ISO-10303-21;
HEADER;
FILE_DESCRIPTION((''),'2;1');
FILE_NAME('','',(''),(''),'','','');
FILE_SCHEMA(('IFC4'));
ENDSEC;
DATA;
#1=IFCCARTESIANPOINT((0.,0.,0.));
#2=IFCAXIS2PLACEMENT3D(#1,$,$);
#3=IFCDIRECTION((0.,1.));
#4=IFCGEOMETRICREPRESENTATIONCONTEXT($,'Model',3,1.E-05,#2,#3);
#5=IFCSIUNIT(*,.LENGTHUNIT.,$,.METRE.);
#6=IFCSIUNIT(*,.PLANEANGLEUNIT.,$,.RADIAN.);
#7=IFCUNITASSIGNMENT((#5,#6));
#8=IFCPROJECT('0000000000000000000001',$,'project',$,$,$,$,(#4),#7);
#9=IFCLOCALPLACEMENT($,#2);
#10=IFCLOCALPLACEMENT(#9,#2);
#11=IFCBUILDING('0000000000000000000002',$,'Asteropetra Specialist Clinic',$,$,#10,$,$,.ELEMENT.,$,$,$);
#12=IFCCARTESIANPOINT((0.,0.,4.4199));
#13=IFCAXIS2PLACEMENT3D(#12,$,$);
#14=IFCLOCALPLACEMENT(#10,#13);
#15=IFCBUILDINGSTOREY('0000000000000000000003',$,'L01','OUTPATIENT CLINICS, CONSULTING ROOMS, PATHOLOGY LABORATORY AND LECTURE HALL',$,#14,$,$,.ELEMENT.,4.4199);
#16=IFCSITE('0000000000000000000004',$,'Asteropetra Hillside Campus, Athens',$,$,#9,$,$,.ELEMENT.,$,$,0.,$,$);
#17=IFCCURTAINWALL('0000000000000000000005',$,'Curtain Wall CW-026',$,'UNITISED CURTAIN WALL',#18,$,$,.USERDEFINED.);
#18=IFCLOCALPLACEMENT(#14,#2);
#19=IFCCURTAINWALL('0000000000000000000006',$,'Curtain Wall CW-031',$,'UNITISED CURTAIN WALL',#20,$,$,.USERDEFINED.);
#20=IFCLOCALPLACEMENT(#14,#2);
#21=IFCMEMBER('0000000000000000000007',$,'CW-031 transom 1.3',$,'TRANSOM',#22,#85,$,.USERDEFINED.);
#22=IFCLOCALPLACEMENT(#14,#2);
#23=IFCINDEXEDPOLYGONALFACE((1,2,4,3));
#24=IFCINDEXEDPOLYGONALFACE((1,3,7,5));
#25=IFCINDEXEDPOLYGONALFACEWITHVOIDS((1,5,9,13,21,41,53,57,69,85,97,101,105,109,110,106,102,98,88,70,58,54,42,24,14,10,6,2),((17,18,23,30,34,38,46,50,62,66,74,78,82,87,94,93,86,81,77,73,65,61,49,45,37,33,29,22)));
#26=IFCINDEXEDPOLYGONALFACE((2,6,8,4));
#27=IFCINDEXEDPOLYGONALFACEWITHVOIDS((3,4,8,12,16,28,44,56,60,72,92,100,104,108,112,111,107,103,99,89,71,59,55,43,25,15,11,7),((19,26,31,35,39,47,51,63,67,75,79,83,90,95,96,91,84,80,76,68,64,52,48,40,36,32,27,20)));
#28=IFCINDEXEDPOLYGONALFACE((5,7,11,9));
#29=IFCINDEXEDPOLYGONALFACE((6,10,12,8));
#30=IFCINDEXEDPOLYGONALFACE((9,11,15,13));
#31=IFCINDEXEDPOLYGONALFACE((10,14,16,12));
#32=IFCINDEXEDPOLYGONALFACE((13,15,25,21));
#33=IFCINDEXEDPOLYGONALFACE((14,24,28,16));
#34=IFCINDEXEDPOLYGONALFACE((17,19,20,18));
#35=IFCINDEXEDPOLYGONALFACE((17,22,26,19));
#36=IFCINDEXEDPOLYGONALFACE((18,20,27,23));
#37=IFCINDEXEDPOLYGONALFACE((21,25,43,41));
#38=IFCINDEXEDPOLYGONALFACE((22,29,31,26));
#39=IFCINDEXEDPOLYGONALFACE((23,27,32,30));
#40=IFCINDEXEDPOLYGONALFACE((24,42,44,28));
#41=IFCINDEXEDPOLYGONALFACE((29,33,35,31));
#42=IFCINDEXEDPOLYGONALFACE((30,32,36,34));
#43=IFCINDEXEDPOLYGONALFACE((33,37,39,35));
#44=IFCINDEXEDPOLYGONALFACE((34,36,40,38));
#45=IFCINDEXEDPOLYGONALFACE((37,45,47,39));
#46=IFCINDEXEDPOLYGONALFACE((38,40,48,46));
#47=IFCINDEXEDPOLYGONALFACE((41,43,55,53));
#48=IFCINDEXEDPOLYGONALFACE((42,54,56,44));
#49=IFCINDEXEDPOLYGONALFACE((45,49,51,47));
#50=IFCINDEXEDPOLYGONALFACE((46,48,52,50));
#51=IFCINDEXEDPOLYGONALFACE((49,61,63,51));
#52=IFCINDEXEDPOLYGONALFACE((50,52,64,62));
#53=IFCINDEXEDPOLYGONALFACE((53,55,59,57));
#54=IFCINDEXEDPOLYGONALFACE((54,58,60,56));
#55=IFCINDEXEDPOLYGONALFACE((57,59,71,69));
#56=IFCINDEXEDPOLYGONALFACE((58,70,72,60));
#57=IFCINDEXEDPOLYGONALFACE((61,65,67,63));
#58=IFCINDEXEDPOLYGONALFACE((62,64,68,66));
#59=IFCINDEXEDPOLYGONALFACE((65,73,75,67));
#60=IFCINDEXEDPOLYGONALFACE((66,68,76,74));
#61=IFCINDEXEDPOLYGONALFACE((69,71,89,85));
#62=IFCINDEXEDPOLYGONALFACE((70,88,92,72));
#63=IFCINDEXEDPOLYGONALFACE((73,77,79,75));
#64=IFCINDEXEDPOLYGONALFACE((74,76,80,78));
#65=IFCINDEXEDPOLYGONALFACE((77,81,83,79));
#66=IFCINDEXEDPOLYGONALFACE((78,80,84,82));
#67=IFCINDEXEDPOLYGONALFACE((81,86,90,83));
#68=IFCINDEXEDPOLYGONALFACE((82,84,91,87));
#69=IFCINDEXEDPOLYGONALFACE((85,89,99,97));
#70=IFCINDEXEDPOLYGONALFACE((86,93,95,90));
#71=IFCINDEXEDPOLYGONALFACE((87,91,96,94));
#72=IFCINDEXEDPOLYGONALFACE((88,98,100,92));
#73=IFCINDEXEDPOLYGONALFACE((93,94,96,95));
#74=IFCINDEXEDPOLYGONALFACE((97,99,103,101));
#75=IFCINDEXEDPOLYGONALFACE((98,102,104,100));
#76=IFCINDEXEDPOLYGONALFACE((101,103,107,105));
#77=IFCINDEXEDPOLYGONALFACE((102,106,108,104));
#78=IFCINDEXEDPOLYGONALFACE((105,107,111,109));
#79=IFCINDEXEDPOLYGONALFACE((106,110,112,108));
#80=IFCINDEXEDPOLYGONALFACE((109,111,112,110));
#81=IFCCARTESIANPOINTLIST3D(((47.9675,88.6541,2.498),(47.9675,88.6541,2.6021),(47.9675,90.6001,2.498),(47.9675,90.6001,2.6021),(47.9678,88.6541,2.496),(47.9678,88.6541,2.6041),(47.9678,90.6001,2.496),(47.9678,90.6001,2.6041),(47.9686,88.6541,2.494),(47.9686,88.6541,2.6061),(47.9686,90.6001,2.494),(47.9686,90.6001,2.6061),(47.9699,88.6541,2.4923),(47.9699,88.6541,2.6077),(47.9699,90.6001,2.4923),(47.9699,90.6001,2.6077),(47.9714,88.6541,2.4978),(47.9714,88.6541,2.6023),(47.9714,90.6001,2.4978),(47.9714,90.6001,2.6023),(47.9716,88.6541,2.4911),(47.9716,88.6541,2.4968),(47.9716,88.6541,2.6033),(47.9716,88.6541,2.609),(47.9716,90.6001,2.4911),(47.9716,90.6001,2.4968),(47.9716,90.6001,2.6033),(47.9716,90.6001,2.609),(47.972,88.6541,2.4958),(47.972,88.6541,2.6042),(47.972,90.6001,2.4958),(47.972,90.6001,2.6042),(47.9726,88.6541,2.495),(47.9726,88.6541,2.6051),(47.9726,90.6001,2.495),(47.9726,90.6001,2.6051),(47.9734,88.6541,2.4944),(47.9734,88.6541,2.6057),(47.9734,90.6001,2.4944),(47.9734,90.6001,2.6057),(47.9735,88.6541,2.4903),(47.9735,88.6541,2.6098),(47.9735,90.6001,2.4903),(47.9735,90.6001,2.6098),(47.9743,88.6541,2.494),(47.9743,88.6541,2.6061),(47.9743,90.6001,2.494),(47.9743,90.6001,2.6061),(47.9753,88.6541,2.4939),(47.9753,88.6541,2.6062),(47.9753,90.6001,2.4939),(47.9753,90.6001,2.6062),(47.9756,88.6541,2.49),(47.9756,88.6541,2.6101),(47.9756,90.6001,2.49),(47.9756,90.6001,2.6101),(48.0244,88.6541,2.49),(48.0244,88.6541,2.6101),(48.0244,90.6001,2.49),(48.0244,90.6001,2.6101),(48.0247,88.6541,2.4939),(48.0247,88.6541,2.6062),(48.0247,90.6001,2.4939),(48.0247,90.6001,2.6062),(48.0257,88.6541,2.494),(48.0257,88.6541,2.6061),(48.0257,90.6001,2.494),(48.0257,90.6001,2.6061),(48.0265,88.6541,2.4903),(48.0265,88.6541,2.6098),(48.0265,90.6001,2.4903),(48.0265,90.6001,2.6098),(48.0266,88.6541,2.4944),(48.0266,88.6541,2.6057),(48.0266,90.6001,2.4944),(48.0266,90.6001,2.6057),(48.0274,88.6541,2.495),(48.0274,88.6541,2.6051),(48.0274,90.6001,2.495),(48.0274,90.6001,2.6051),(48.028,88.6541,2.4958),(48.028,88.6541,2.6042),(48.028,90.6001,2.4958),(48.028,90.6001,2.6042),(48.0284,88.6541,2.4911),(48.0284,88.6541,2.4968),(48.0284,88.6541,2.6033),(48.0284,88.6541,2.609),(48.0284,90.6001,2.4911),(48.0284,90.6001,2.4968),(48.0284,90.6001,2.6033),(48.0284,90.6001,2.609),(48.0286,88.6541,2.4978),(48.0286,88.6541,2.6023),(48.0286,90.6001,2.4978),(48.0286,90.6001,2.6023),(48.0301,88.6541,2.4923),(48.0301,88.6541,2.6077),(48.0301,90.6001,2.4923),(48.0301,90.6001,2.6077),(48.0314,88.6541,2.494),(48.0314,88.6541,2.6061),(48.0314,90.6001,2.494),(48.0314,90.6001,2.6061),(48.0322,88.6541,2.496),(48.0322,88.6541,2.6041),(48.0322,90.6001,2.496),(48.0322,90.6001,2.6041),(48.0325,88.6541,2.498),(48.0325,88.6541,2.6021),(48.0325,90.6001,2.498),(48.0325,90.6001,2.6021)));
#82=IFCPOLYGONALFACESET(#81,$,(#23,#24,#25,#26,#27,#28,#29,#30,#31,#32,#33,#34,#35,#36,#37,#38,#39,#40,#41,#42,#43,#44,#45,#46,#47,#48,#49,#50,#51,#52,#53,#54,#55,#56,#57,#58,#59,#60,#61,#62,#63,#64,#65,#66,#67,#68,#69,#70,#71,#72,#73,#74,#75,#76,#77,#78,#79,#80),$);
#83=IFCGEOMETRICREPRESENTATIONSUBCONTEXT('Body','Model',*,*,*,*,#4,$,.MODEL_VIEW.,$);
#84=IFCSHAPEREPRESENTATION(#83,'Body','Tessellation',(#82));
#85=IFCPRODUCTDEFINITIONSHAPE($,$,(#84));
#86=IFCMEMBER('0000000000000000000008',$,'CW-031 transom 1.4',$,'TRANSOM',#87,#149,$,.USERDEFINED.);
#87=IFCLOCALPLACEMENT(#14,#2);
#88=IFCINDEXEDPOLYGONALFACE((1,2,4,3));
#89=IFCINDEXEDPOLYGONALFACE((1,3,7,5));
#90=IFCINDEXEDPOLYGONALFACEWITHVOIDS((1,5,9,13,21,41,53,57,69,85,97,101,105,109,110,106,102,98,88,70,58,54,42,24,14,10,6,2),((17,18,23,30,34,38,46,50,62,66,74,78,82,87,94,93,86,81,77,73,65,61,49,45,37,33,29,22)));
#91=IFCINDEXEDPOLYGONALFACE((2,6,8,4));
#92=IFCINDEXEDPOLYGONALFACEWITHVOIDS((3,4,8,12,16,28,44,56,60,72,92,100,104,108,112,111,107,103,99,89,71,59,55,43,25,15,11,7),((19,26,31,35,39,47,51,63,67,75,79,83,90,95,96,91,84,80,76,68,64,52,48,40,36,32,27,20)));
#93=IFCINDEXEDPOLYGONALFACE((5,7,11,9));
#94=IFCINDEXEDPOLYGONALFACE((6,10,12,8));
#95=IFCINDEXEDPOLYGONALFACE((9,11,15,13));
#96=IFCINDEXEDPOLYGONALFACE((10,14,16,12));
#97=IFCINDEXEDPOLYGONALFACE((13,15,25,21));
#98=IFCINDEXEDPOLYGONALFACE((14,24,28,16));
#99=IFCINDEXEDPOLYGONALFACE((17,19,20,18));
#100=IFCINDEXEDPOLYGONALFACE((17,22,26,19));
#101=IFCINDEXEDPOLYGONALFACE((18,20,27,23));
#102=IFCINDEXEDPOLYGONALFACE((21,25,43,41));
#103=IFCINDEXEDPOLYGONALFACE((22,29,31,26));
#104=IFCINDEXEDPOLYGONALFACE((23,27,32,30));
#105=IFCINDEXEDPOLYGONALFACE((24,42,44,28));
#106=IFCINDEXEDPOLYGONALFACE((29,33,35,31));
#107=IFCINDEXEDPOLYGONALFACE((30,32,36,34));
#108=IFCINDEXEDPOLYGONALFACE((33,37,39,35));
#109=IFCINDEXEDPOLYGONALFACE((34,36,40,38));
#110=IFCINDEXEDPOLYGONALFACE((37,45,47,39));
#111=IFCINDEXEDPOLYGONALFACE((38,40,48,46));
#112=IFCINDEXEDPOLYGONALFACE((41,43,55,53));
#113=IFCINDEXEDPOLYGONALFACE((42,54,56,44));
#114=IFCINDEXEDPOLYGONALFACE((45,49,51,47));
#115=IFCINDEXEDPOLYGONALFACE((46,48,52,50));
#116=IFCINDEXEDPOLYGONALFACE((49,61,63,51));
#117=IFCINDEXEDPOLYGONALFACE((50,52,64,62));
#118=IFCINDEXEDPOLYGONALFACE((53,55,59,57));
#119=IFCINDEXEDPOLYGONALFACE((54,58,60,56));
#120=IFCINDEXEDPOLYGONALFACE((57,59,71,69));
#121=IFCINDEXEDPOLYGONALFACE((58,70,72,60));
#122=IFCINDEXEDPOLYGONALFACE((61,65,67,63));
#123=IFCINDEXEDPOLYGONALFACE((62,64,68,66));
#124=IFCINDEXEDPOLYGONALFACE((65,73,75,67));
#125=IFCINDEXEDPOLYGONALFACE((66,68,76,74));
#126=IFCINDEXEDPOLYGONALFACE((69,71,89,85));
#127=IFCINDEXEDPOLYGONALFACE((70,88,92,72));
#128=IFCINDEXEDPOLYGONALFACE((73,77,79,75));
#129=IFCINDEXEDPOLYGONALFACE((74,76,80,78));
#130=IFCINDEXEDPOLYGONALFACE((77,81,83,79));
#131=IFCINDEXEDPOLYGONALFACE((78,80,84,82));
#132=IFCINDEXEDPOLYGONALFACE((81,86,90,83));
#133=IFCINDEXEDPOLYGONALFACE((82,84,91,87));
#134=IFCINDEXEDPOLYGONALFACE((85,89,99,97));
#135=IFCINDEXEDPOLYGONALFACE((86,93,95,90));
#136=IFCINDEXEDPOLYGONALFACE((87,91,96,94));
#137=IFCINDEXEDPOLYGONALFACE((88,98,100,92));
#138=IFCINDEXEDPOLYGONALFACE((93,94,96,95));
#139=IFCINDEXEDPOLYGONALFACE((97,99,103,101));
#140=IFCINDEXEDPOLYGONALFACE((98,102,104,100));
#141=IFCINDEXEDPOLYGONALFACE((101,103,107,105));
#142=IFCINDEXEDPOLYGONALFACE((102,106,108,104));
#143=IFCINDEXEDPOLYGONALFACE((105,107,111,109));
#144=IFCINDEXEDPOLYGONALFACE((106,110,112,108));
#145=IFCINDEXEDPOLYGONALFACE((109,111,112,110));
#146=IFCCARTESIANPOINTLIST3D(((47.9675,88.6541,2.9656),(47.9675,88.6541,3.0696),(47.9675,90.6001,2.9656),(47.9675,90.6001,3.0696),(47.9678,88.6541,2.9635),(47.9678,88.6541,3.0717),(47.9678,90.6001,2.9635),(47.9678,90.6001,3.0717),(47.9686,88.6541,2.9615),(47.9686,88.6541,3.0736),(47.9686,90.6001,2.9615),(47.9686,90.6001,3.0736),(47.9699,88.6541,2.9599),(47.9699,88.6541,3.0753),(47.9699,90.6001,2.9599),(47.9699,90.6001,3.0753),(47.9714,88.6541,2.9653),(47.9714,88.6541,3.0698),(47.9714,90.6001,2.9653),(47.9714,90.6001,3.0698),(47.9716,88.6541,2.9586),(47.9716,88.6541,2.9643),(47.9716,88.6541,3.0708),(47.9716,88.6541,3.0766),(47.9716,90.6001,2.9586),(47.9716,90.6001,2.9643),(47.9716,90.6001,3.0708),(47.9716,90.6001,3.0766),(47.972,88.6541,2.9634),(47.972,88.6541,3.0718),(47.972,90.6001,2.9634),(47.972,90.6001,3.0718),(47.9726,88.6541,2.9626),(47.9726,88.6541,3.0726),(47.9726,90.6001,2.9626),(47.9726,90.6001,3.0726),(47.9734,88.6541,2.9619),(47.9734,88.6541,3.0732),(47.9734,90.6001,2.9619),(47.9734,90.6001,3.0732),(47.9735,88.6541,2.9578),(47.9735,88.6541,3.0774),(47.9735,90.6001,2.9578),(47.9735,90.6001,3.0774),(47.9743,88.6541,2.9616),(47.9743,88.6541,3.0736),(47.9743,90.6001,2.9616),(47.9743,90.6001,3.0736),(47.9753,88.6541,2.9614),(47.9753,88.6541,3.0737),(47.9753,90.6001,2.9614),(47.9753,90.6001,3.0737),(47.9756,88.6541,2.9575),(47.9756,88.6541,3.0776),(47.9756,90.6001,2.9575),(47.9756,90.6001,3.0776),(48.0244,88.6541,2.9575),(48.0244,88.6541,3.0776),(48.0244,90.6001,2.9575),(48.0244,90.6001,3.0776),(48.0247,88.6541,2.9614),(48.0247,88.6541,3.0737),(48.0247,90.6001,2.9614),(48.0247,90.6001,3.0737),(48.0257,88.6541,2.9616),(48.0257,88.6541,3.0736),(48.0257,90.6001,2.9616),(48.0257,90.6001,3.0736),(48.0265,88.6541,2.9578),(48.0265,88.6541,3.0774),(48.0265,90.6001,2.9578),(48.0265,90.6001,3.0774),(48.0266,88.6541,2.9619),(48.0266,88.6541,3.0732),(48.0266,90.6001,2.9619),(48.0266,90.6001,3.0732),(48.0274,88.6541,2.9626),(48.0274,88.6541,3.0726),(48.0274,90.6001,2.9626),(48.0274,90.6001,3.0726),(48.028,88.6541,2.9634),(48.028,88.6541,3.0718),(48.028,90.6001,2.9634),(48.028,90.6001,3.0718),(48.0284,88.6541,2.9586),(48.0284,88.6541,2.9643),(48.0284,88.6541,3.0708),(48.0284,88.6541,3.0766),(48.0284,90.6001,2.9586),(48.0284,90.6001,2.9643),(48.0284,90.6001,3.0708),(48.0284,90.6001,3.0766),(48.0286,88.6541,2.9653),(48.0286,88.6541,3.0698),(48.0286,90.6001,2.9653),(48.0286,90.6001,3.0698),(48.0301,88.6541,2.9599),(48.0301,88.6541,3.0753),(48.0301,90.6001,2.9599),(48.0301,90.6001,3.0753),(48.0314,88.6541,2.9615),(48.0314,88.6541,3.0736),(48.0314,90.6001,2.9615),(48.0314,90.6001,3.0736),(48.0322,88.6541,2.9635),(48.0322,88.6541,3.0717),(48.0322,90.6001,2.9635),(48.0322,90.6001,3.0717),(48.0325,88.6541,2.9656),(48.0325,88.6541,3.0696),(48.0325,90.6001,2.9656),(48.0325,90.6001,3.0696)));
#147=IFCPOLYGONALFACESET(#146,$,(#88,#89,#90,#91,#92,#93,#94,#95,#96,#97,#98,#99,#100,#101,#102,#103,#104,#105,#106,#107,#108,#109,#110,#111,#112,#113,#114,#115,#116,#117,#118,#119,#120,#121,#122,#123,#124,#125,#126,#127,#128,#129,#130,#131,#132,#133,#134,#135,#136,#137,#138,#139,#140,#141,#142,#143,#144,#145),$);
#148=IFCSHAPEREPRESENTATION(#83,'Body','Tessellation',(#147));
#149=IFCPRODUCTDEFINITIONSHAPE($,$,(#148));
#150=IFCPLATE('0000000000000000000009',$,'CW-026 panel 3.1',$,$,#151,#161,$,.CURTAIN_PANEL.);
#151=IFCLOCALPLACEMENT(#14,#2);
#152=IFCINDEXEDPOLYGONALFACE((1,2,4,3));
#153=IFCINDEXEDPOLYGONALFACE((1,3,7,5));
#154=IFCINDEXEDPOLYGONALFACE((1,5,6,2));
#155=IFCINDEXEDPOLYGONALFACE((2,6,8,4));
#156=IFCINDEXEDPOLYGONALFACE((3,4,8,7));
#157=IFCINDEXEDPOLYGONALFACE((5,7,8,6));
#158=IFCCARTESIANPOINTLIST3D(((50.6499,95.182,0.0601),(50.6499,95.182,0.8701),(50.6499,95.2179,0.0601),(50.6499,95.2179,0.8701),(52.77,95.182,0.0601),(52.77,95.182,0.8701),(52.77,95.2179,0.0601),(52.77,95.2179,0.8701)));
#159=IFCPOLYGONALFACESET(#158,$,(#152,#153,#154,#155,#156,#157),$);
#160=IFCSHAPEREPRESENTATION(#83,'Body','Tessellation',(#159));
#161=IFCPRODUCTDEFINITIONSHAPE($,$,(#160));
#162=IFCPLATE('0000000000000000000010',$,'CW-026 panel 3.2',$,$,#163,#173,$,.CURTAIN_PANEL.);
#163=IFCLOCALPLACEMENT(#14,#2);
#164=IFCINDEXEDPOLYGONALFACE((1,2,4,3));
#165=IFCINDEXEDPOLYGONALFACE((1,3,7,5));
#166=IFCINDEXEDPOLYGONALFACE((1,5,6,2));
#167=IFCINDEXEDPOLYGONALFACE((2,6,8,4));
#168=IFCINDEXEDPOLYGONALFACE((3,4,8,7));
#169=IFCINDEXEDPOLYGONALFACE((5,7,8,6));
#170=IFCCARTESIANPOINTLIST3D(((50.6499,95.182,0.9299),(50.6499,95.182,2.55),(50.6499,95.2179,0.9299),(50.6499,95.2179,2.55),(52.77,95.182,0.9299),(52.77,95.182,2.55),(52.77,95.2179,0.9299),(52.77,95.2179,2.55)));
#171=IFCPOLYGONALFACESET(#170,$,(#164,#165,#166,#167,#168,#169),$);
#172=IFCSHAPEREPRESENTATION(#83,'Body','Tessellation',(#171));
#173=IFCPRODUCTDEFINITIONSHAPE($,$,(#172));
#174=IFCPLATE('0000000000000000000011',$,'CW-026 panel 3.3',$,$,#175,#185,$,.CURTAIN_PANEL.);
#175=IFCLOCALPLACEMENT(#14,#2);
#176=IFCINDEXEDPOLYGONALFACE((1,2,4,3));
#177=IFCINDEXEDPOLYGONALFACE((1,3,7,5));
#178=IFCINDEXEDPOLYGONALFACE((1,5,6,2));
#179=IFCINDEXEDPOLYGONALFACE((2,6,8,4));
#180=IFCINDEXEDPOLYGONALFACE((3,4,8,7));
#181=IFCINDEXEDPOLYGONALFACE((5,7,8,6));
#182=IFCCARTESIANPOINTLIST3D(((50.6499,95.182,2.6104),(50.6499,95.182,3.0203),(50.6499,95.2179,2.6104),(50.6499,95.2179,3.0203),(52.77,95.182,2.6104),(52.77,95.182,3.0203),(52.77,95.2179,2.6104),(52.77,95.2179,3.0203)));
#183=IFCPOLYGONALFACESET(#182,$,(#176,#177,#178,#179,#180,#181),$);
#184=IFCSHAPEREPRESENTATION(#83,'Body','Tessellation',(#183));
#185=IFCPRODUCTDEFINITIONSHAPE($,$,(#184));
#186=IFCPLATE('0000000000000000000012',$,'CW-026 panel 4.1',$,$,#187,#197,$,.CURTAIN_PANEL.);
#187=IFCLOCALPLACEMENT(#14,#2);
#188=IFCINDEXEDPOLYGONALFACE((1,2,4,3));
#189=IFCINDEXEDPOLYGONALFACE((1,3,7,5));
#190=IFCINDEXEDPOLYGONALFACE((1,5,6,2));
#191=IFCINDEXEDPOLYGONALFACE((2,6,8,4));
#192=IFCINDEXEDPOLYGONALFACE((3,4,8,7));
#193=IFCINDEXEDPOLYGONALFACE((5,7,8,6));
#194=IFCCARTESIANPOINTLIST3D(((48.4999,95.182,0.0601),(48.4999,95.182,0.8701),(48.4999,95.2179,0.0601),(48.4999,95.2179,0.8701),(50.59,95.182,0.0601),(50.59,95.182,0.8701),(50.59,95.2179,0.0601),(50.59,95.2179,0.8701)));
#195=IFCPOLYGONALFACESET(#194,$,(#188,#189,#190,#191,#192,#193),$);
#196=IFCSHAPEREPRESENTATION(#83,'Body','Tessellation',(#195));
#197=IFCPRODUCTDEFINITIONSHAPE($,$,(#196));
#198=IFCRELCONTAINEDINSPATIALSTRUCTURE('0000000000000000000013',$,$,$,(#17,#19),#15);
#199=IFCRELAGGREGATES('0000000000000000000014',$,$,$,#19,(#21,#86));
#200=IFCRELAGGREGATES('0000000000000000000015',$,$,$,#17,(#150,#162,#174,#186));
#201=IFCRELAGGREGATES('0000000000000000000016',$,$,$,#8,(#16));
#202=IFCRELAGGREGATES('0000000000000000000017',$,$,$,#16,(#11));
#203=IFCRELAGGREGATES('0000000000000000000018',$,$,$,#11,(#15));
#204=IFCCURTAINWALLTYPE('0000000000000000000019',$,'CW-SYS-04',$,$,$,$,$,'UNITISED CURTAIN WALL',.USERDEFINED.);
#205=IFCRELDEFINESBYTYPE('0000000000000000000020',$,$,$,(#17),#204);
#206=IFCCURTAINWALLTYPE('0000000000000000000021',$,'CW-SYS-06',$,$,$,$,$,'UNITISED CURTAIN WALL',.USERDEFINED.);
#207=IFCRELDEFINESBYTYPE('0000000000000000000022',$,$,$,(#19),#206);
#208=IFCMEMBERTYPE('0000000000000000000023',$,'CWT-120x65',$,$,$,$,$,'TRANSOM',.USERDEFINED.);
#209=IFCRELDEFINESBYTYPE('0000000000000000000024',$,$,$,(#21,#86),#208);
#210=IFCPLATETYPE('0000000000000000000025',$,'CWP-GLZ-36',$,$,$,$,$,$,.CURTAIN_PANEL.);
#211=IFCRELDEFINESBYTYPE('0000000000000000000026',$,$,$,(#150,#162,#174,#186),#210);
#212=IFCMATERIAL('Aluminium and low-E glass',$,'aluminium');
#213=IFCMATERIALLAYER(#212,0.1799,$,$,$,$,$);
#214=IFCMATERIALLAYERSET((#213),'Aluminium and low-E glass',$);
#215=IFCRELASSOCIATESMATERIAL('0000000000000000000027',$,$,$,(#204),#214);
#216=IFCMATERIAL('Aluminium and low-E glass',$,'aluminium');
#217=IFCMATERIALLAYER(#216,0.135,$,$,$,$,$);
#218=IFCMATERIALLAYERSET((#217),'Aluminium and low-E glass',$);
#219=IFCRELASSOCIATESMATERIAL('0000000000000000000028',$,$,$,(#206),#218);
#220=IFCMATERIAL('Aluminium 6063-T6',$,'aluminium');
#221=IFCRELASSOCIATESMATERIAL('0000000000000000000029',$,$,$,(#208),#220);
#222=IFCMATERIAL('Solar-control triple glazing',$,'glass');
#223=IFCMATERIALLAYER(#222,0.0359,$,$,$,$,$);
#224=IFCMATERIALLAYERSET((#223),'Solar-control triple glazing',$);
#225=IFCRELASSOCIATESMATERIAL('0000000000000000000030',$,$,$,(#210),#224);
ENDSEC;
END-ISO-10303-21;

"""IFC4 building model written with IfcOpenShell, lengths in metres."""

from ifc_helpers import new_model, si_unit, direction, frame, origin, origin_2d, place, context, subcontext, project, spatial, rectangle, hollow_rectangle, extrude, material, layer, layer_set, material_profile, profile_set, type_object, element, aggregate, save


model = new_model("IFC4")

# Units and contexts
model_context = context("Model", 3, precision=1e-05, world=origin(), true_north=direction((0.0, 1.0)))
body_context = subcontext(model_context, "Body", "Model", "MODEL_VIEW")
ifc_project = project(units=[si_unit("LENGTHUNIT", "METRE"), si_unit("PLANEANGLEUNIT", "RADIAN")], contexts=[model_context])

# Site, building, storey
site_placement = place(None, origin())
site = spatial("IfcSite", under=ifc_project, at=site_placement, Name="Asteropetra Hillside Campus, Athens", CompositionType="ELEMENT", RefElevation=0.0)
building_placement = place(site_placement, origin())
building = spatial("IfcBuilding", under=site, at=building_placement, Name="Asteropetra Specialist Clinic", CompositionType="ELEMENT")
storey_placement = place(building_placement, frame((0.0, 0.0, 4.4199)))
storey = spatial("IfcBuildingStorey", under=building, at=storey_placement, Name="L01", Description="OUTPATIENT CLINICS, CONSULTING ROOMS, PATHOLOGY LABORATORY AND LECTURE HALL", CompositionType="ELEMENT", Elevation=4.4199)

# Curtain wall
ifc_material_1 = material(Name="Aluminium and low-E glass", Category="aluminium")
ifc_layer_1 = layer(ifc_material_1, 0.1799)
ifc_layer_set_1 = layer_set([ifc_layer_1], Name="Aluminium and low-E glass")
curtain_wall_type_1 = type_object("IfcCurtainWallType", Name="CW-SYS-04", ElementType="UNITISED CURTAIN WALL", PredefinedType="USERDEFINED", material=ifc_layer_set_1)
curtain_wall_1_placement = place(storey_placement, origin())
curtain_wall_1 = element("IfcCurtainWall", 1, at=curtain_wall_1_placement, inside=storey, type_object=curtain_wall_type_1, Name="Curtain Wall CW-026", ObjectType="UNITISED CURTAIN WALL", PredefinedType="USERDEFINED")

# Curtain wall
ifc_material_2 = material(Name="Aluminium and low-E glass", Category="aluminium")
ifc_layer_2 = layer(ifc_material_2, 0.135)
ifc_layer_set_2 = layer_set([ifc_layer_2], Name="Aluminium and low-E glass")
curtain_wall_type_2 = type_object("IfcCurtainWallType", Name="CW-SYS-06", ElementType="UNITISED CURTAIN WALL", PredefinedType="USERDEFINED", material=ifc_layer_set_2)
curtain_wall_2_placement = place(storey_placement, origin())
curtain_wall_2 = element("IfcCurtainWall", 2, at=curtain_wall_2_placement, inside=storey, type_object=curtain_wall_type_2, Name="Curtain Wall CW-031", ObjectType="UNITISED CURTAIN WALL", PredefinedType="USERDEFINED")

# Members
ifc_material_3 = material(Name="Aluminium 6063-T6", Category="aluminium")
ifc_material_profile_1 = material_profile(ifc_material_3, hollow_rectangle(XDim=0.0649, YDim=0.1201, WallThickness=0.0039, InnerFilletRadius=0.0039, OuterFilletRadius=0.0081, at=origin_2d()), Name="TRN 120x65x4.0")
ifc_profile_set_1 = profile_set([ifc_material_profile_1], Name="Aluminium 6063-T6")
member_type_1 = type_object("IfcMemberType", Name="CWT-120x65", ElementType="TRANSOM", PredefinedType="USERDEFINED", material=ifc_profile_set_1)
member_1_placement = place(storey_placement, frame((48.0, 90.6001, 2.55), z_axis=(0.0, -1.0, 0.0), x_axis=(1.0, 0.0, 0.0)))
member_1 = element("IfcMember", 3, at=member_1_placement, type_object=member_type_1, Name="CW-031 transom 1.3", ObjectType="TRANSOM", PredefinedType="USERDEFINED", context=body_context, shape_type="SweptSolid", body=[
    extrude(hollow_rectangle(XDim=0.0649, YDim=0.1201, WallThickness=0.0039, InnerFilletRadius=0.0039, OuterFilletRadius=0.0081, at=origin_2d()), origin(), (0.0, 0.0, 1.0), 1.946),
])
member_2_placement = place(storey_placement, frame((48.0, 90.6001, 3.0176), z_axis=(0.0, -1.0, 0.0), x_axis=(1.0, 0.0, 0.0)))
member_2 = element("IfcMember", 4, at=member_2_placement, type_object=member_type_1, Name="CW-031 transom 1.4", ObjectType="TRANSOM", PredefinedType="USERDEFINED", context=body_context, shape_type="SweptSolid", body=[
    extrude(hollow_rectangle(XDim=0.0649, YDim=0.1201, WallThickness=0.0039, InnerFilletRadius=0.0039, OuterFilletRadius=0.0081, at=origin_2d()), origin(), (0.0, 0.0, 1.0), 1.946),
])
aggregate(curtain_wall_2, [member_1, member_2])

# Plates
ifc_material_4 = material(Name="Solar-control triple glazing", Category="glass")
ifc_layer_3 = layer(ifc_material_4, 0.0359)
ifc_layer_set_3 = layer_set([ifc_layer_3], Name="Solar-control triple glazing")
plate_type = type_object("IfcPlateType", Name="CWP-GLZ-36", PredefinedType="CURTAIN_PANEL", material=ifc_layer_set_3)
plate_1_placement = place(storey_placement, frame((51.71, 95.2, 0.0601), z_axis=(0.0, 0.0, 1.0), x_axis=(-1.0, 0.0, 0.0)))
plate_1 = element("IfcPlate", 5, at=plate_1_placement, type_object=plate_type, Name="CW-026 panel 3.1", PredefinedType="CURTAIN_PANEL", context=body_context, shape_type="SweptSolid", body=[
    extrude(rectangle(XDim=2.1201, YDim=0.0359, at=origin_2d()), origin(), (0.0, 0.0, 1.0), 0.8101),
])
plate_2_placement = place(storey_placement, frame((51.71, 95.2, 0.9299), z_axis=(0.0, 0.0, 1.0), x_axis=(-1.0, 0.0, 0.0)))
plate_2 = element("IfcPlate", 6, at=plate_2_placement, type_object=plate_type, Name="CW-026 panel 3.2", PredefinedType="CURTAIN_PANEL", context=body_context, shape_type="SweptSolid", body=[
    extrude(rectangle(XDim=2.1201, YDim=0.0359, at=origin_2d()), origin(), (0.0, 0.0, 1.0), 1.6201),
])
plate_3_placement = place(storey_placement, frame((51.71, 95.2, 2.6104), z_axis=(0.0, 0.0, 1.0), x_axis=(-1.0, 0.0, 0.0)))
plate_3 = element("IfcPlate", 7, at=plate_3_placement, type_object=plate_type, Name="CW-026 panel 3.3", PredefinedType="CURTAIN_PANEL", context=body_context, shape_type="SweptSolid", body=[
    extrude(rectangle(XDim=2.1201, YDim=0.0359, at=origin_2d()), origin(), (0.0, 0.0, 1.0), 0.4099),
])
plate_4_placement = place(storey_placement, frame((49.5449, 95.2, 0.0601), z_axis=(0.0, 0.0, 1.0), x_axis=(-1.0, 0.0, 0.0)))
plate_4 = element("IfcPlate", 8, at=plate_4_placement, type_object=plate_type, Name="CW-026 panel 4.1", PredefinedType="CURTAIN_PANEL", context=body_context, shape_type="SweptSolid", body=[
    extrude(rectangle(XDim=2.0901, YDim=0.0359, at=origin_2d()), origin(), (0.0, 0.0, 1.0), 0.8101),
])
aggregate(curtain_wall_1, [plate_1, plate_2, plate_3, plate_4])

save(model, "model.ifc")
